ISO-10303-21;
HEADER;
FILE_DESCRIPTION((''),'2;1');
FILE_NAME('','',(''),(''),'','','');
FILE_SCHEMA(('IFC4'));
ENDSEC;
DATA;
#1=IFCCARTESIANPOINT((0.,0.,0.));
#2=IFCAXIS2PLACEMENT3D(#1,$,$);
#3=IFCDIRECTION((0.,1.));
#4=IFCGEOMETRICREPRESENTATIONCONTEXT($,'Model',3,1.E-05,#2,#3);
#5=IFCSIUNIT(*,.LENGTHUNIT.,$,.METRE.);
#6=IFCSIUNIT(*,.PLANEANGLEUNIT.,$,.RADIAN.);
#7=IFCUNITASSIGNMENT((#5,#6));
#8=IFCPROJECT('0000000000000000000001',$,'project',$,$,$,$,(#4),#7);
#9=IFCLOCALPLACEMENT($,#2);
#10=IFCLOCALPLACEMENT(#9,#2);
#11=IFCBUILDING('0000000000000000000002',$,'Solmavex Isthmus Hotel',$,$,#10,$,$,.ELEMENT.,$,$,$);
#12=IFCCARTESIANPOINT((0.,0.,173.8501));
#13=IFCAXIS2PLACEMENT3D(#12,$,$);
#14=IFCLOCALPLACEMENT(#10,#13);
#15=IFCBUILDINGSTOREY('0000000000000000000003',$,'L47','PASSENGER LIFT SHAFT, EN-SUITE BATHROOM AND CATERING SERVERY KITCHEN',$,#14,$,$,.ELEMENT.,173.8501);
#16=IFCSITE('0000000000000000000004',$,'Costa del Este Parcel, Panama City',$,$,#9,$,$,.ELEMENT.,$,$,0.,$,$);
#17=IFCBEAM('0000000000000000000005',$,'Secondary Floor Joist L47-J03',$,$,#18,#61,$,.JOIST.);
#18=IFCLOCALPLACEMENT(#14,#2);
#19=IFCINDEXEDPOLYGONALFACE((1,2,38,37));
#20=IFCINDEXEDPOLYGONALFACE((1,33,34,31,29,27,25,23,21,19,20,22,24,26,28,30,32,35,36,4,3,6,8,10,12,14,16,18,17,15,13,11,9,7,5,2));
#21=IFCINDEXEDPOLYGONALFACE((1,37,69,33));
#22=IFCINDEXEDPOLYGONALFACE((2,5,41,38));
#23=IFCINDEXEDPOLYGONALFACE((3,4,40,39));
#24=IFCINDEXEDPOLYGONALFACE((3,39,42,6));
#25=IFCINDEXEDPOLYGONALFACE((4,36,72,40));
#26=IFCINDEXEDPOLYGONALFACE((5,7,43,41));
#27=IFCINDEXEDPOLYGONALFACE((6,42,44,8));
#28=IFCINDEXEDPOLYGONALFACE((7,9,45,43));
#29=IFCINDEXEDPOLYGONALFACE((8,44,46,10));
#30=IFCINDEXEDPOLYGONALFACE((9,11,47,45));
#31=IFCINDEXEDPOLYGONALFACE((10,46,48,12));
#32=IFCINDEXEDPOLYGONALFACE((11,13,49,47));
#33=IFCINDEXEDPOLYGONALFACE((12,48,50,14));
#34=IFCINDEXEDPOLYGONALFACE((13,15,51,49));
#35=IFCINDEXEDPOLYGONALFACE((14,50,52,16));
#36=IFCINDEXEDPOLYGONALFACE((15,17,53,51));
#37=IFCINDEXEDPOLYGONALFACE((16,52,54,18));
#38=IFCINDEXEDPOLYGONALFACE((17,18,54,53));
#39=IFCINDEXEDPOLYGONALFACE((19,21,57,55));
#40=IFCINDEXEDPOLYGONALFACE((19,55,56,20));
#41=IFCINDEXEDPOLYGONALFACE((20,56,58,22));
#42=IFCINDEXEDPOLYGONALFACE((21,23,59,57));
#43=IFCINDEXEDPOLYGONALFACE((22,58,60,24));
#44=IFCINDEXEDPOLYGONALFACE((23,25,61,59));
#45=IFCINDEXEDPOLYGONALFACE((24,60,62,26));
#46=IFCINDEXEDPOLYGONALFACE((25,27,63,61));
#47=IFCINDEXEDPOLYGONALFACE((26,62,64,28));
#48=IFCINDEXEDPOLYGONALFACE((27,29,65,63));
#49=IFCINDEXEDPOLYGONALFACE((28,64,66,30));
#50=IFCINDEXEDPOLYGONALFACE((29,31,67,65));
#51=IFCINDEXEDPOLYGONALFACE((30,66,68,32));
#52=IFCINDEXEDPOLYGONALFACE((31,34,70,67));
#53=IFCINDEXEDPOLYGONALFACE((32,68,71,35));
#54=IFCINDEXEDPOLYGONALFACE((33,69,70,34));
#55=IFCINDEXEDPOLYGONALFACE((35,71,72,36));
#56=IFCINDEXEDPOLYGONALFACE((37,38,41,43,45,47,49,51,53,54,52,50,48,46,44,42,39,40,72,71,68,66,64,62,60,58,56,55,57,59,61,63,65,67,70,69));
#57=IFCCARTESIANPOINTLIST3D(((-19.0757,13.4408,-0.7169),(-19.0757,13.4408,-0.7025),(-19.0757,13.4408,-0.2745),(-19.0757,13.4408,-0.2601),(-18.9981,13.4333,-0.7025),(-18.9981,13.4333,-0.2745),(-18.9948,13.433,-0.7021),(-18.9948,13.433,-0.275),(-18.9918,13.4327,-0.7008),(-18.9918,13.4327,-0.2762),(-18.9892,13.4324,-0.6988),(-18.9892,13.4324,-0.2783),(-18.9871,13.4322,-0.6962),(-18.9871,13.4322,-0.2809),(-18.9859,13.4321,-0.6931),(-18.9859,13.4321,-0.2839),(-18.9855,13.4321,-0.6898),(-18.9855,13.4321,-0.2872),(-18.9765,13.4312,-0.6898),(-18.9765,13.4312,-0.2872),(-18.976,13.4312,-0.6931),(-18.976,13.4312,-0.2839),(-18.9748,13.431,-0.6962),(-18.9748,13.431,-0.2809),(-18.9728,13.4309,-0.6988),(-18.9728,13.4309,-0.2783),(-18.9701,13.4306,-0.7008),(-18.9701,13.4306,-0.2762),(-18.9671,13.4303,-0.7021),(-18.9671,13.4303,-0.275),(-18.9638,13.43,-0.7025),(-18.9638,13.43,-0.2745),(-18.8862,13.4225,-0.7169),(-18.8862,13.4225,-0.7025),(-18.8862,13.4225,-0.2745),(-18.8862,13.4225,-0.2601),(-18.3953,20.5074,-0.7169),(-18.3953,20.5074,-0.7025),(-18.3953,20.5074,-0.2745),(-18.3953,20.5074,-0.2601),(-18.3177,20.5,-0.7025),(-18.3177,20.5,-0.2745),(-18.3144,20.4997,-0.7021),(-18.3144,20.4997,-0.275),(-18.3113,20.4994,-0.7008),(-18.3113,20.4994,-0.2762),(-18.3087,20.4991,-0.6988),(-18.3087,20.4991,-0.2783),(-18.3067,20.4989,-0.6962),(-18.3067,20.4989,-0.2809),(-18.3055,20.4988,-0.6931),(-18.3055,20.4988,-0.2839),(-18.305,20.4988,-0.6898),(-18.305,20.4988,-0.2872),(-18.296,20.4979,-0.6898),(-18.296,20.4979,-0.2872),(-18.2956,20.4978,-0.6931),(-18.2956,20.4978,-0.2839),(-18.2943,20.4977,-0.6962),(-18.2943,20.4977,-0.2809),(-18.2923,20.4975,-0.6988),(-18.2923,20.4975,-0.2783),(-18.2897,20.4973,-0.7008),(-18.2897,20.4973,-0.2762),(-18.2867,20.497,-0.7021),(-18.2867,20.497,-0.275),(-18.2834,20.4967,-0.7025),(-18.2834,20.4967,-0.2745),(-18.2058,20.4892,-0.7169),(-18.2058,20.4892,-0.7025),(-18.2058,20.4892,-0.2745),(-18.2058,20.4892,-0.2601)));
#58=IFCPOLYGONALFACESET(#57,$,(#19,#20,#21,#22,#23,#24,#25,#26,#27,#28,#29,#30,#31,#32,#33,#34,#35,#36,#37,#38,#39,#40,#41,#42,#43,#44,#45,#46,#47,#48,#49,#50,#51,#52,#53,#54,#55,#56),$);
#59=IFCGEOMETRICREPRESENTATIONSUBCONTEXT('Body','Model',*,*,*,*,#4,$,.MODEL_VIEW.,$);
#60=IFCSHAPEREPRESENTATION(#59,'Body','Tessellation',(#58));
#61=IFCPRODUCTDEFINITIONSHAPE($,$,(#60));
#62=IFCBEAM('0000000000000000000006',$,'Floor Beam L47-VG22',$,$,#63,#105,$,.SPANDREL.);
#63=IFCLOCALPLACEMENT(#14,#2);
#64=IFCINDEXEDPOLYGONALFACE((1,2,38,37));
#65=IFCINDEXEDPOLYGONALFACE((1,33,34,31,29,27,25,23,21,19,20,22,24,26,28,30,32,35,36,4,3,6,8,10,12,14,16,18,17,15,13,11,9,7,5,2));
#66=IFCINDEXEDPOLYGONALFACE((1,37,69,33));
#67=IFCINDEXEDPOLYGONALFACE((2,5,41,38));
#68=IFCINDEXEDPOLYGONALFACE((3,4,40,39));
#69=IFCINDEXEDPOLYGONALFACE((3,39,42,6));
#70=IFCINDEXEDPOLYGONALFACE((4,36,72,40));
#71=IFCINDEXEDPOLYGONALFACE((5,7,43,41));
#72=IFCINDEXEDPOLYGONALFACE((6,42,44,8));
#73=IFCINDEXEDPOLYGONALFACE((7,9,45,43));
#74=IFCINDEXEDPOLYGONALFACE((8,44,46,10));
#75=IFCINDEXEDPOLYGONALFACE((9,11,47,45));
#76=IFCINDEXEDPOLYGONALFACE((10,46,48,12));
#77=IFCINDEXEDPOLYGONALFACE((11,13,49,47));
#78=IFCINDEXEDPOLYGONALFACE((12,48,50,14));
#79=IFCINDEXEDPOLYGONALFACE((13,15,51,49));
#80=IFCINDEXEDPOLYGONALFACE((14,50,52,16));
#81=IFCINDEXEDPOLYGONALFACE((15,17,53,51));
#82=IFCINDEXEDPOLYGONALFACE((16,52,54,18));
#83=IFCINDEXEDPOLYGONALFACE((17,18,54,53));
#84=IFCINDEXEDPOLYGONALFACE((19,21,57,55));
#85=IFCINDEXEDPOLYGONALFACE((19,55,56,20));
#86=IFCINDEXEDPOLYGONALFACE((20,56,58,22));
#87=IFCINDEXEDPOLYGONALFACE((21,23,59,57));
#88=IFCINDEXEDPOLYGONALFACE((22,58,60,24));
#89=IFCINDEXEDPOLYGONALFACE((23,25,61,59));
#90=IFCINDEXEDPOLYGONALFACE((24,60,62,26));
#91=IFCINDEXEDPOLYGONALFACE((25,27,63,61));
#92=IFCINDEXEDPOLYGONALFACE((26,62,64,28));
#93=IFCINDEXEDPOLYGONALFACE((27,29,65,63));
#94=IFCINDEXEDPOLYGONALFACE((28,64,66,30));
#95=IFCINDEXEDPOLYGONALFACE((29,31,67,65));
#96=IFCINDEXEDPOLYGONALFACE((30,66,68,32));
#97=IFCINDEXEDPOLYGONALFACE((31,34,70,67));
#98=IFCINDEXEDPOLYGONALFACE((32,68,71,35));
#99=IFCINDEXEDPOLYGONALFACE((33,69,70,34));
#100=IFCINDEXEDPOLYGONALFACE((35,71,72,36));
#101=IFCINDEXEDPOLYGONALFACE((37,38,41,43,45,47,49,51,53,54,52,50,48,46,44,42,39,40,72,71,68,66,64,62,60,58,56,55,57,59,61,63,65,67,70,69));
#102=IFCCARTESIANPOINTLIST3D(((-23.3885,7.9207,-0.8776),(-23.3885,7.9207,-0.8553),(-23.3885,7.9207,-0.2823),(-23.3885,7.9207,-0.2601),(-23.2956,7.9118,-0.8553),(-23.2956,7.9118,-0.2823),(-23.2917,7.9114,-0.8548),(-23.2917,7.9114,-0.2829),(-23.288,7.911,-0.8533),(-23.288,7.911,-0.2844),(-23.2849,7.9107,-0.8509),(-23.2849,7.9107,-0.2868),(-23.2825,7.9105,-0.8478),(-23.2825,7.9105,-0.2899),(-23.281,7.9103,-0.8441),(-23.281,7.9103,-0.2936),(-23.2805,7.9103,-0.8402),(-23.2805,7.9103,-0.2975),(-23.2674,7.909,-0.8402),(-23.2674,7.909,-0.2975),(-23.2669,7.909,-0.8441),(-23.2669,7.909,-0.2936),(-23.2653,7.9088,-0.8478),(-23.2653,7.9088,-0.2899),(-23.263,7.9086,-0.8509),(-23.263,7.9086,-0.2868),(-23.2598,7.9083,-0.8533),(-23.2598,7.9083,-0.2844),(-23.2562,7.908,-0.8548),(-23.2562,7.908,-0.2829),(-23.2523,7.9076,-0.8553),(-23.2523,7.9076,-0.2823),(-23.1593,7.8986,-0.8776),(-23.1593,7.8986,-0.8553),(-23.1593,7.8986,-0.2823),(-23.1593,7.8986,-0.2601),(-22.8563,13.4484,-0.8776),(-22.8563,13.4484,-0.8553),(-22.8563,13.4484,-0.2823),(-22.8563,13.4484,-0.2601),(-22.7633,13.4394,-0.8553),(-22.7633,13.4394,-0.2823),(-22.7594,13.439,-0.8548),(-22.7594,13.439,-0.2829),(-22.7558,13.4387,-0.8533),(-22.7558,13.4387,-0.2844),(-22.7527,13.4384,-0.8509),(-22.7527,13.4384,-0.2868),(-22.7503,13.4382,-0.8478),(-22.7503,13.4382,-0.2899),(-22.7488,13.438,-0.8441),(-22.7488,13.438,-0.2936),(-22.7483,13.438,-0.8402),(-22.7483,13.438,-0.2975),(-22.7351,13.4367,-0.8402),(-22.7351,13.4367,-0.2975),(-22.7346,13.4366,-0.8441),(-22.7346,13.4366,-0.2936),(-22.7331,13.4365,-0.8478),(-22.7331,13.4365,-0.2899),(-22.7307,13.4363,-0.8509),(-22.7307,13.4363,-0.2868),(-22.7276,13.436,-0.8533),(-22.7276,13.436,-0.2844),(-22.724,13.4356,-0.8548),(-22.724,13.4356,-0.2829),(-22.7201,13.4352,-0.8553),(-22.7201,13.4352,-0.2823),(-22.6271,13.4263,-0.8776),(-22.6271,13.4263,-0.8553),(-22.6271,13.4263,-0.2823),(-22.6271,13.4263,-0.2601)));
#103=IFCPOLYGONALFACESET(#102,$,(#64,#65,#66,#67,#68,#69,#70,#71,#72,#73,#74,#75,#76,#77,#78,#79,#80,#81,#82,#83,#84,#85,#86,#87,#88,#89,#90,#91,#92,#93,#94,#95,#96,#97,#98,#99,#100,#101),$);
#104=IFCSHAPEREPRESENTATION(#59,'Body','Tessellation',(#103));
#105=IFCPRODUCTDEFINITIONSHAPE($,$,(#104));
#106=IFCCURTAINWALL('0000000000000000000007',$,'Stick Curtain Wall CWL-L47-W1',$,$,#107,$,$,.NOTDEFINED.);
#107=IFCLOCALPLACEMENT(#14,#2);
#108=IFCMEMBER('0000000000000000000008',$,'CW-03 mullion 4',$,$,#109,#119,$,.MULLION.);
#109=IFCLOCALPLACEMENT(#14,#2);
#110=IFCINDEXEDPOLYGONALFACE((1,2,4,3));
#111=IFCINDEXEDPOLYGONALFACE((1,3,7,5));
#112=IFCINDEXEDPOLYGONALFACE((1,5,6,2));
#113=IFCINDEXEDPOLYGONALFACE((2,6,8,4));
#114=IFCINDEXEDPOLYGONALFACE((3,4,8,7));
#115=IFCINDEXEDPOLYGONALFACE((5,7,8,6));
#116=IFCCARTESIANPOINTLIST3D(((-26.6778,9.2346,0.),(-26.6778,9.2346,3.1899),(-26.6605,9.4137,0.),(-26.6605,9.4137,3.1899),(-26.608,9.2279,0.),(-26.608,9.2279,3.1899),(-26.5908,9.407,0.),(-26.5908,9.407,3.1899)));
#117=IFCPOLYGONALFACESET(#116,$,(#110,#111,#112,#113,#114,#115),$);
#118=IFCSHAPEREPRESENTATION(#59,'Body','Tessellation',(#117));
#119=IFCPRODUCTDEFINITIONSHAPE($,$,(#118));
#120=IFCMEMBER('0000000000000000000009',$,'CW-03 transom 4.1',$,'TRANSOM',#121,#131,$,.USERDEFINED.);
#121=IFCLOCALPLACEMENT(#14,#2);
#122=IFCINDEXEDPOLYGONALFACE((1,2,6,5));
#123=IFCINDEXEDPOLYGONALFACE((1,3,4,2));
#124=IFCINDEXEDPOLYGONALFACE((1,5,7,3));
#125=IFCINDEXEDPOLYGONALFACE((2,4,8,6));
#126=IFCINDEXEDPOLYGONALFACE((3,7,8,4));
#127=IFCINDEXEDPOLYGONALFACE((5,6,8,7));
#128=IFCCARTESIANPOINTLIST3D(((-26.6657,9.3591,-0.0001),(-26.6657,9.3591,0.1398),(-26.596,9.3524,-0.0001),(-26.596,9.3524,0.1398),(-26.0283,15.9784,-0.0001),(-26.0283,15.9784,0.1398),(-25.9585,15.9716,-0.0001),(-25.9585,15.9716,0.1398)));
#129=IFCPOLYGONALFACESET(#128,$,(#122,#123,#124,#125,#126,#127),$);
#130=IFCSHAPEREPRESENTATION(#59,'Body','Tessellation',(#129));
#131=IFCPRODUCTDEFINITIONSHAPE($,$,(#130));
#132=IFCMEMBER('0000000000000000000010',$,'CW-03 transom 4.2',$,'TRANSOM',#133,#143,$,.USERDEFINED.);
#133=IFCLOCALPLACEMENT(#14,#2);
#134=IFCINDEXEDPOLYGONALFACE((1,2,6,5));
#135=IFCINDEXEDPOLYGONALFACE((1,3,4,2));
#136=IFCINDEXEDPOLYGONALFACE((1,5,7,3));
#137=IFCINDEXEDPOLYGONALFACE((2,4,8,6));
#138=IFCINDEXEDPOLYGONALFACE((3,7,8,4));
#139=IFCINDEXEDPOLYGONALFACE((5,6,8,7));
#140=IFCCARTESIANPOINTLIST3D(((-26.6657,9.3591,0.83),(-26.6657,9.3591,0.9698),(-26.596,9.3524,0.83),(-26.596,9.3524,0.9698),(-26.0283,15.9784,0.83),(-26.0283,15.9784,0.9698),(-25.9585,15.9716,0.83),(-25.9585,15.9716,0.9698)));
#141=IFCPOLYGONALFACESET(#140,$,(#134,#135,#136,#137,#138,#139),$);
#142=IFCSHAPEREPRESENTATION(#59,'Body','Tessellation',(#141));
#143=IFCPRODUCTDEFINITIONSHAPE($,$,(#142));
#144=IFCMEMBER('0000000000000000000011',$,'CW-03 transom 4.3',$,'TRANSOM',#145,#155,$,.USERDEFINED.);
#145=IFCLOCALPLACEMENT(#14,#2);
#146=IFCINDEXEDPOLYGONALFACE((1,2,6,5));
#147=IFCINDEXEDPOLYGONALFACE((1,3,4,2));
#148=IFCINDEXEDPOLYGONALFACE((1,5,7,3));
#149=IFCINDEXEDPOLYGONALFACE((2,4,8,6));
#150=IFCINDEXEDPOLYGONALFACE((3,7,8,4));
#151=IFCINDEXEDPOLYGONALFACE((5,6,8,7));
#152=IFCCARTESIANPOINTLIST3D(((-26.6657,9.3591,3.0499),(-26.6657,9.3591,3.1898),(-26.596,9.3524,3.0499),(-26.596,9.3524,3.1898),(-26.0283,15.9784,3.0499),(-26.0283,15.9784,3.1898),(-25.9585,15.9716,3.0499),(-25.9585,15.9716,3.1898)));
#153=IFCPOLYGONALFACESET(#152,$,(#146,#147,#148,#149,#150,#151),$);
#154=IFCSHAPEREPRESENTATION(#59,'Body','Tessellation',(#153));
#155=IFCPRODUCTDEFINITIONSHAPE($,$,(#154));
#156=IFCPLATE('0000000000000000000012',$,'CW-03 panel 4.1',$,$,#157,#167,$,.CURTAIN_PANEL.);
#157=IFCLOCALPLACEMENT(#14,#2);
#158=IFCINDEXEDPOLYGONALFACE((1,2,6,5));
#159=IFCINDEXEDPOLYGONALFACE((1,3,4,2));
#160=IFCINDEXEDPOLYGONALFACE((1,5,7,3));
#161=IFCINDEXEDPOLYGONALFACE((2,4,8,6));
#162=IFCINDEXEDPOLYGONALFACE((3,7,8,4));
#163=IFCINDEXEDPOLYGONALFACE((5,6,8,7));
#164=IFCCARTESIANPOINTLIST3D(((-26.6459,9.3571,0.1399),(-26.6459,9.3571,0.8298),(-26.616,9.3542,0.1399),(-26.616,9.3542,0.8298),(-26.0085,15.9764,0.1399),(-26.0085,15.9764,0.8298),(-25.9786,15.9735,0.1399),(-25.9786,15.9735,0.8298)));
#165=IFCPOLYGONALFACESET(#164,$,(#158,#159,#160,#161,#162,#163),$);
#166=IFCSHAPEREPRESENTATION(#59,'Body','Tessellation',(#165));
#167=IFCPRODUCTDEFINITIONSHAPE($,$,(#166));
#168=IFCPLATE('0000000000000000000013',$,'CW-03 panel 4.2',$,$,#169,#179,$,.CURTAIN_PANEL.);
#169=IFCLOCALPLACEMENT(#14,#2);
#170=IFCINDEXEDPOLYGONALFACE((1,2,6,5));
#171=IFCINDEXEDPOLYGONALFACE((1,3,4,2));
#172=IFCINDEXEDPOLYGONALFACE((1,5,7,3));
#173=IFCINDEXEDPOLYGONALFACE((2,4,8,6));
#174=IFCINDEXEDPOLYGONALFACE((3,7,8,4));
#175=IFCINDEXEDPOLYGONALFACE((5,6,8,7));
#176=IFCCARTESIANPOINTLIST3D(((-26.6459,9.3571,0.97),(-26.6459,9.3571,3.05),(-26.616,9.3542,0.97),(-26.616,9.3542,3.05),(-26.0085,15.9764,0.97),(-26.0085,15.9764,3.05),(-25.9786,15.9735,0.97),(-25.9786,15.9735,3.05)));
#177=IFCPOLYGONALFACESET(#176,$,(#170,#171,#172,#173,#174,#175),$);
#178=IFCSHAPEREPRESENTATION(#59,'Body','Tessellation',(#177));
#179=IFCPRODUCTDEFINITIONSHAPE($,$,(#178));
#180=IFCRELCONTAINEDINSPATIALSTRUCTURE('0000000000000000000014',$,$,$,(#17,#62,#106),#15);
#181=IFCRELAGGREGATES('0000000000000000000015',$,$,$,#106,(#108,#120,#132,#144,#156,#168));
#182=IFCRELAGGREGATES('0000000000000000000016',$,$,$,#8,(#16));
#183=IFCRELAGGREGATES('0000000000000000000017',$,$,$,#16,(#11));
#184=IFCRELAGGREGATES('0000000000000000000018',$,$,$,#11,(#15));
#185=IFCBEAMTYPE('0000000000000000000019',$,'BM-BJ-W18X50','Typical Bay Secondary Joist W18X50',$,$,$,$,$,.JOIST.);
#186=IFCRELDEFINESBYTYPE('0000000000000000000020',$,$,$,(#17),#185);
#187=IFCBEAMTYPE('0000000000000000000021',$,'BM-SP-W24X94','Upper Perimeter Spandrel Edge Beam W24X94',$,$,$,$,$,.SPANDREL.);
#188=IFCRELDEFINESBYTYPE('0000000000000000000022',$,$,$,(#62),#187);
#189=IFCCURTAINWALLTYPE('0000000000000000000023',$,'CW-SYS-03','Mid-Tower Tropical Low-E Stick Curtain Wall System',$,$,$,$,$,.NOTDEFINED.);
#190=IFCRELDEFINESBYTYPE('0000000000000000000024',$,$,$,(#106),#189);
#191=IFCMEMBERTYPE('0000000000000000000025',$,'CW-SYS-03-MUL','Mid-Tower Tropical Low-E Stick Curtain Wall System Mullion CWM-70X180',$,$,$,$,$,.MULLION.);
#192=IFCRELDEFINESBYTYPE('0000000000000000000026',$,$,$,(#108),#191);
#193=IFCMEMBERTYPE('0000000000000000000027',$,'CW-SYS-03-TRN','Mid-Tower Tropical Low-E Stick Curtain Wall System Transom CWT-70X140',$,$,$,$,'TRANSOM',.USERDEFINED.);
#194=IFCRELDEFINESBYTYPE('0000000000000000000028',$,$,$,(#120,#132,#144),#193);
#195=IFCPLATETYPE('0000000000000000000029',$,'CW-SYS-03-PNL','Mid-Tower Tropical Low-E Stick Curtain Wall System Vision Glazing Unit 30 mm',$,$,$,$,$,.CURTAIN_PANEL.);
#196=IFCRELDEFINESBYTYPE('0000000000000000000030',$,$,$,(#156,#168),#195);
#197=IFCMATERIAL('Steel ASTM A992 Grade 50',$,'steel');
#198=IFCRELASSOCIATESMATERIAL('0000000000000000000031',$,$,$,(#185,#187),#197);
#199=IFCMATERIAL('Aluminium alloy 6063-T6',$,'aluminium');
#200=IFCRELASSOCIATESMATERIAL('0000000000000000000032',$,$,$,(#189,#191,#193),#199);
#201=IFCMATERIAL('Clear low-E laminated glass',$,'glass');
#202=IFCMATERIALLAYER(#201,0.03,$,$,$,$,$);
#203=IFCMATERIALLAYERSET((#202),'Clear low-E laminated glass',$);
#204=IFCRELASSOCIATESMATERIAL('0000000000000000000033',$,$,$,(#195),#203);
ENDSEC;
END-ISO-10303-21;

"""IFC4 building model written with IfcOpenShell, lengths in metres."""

from ifc_helpers import new_model, si_unit, direction, frame, origin, origin_2d, place, context, subcontext, project, spatial, rectangle, i_section, extrude, material, layer, layer_set, material_profile, profile_set, type_object, element, aggregate, save


model = new_model("IFC4")

# Units and contexts
model_context = context("Model", 3, precision=1e-05, world=origin(), true_north=direction((0.0, 1.0)))
body_context = subcontext(model_context, "Body", "Model", "MODEL_VIEW")
ifc_project = project(units=[si_unit("LENGTHUNIT", "METRE"), si_unit("PLANEANGLEUNIT", "RADIAN")], contexts=[model_context])

# Site, building, storey
site_placement = place(None, origin())
site = spatial("IfcSite", under=ifc_project, at=site_placement, Name="Costa del Este Parcel, Panama City", CompositionType="ELEMENT", RefElevation=0.0)
building_placement = place(site_placement, origin())
building = spatial("IfcBuilding", under=site, at=building_placement, Name="Solmavex Isthmus Hotel", CompositionType="ELEMENT")
storey_placement = place(building_placement, frame((0.0, 0.0, 173.8501)))
storey = spatial("IfcBuildingStorey", under=building, at=storey_placement, Name="L47", Description="PASSENGER LIFT SHAFT, EN-SUITE BATHROOM AND CATERING SERVERY KITCHEN", CompositionType="ELEMENT", Elevation=173.8501)

# Beams
ifc_material_1 = material(Name="Steel ASTM A992 Grade 50", Category="steel")
ifc_material_profile_1 = material_profile(ifc_material_1, i_section(OverallWidth=0.1904, OverallDepth=0.4568, WebThickness=0.009, FlangeThickness=0.0144, FilletRadius=0.0127, at=origin_2d()), Name="W18X50")
ifc_profile_set_1 = profile_set([ifc_material_profile_1], Name="Steel ASTM A992 Grade 50")
beam_type_1 = type_object("IfcBeamType", Name="BM-BJ-W18X50", Description="Typical Bay Secondary Joist W18X50", PredefinedType="JOIST", material=ifc_profile_set_1)
beam_1_placement = place(storey_placement, frame((-18.981, 13.4316, -0.4885), z_axis=(0.095843, 0.995396, 0.0), x_axis=(-0.995396, 0.095843, 0.0)))
element("IfcBeam", 1, at=beam_1_placement, inside=storey, type_object=beam_type_1, Name="Secondary Floor Joist L47-J03", PredefinedType="JOIST", context=body_context, shape_type="SweptSolid", body=[
    extrude(i_section(OverallWidth=0.1904, OverallDepth=0.4568, WebThickness=0.009, FlangeThickness=0.0144, FilletRadius=0.0127, at=origin_2d()), origin(), (0.0, 0.0, 1.0), 7.0994),
])
ifc_material_profile_2 = material_profile(ifc_material_1, i_section(OverallWidth=0.2302, OverallDepth=0.6174, WebThickness=0.0132, FlangeThickness=0.0222, FilletRadius=0.0151, at=origin_2d()), Name="W24X94")
ifc_profile_set_2 = profile_set([ifc_material_profile_2], Name="Steel ASTM A992 Grade 50")
beam_type_2 = type_object("IfcBeamType", Name="BM-SP-W24X94", Description="Upper Perimeter Spandrel Edge Beam W24X94", PredefinedType="SPANDREL", material=ifc_profile_set_2)
beam_2_placement = place(storey_placement, frame((-23.2739, 7.9097, -0.5688), z_axis=(0.095842, 0.995397, 0.0), x_axis=(-0.995397, 0.095842, 0.0)))
element("IfcBeam", 2, at=beam_2_placement, inside=storey, type_object=beam_type_2, Name="Floor Beam L47-VG22", PredefinedType="SPANDREL", context=body_context, shape_type="SweptSolid", body=[
    extrude(i_section(OverallWidth=0.2302, OverallDepth=0.6174, WebThickness=0.0132, FlangeThickness=0.0222, FilletRadius=0.0151, at=origin_2d()), origin(), (0.0, 0.0, 1.0), 5.5532),
])

# Curtain wall, members, plates
ifc_material_2 = material(Name="Aluminium alloy 6063-T6", Category="aluminium")
curtain_wall_type = type_object("IfcCurtainWallType", Name="CW-SYS-03", Description="Mid-Tower Tropical Low-E Stick Curtain Wall System", PredefinedType="NOTDEFINED", material=ifc_material_2)
curtain_wall_placement = place(storey_placement, origin())
curtain_wall = element("IfcCurtainWall", 3, at=curtain_wall_placement, inside=storey, type_object=curtain_wall_type, Name="Stick Curtain Wall CWL-L47-W1", PredefinedType="NOTDEFINED")
ifc_material_profile_3 = material_profile(ifc_material_2, rectangle(XDim=0.0701, YDim=0.1799, at=origin_2d()), Name="CWM-70X180")
ifc_profile_set_3 = profile_set([ifc_material_profile_3], Name="Aluminium alloy 6063-T6")
member_type_1 = type_object("IfcMemberType", Name="CW-SYS-03-MUL", Description="Mid-Tower Tropical Low-E Stick Curtain Wall System Mullion CWM-70X180", PredefinedType="MULLION", material=ifc_profile_set_3)
member_1_placement = place(storey_placement, frame((-26.6343, 9.3208, 0.0), z_axis=(0.0, 0.0, 1.0), x_axis=(-0.995396, 0.095846, 0.0)))
member_1 = element("IfcMember", 4, at=member_1_placement, type_object=member_type_1, Name="CW-03 mullion 4", PredefinedType="MULLION", context=body_context, shape_type="SweptSolid", body=[
    extrude(rectangle(XDim=0.0701, YDim=0.1799, at=origin_2d()), origin(), (0.0, 0.0, 1.0), 3.1899),
])
ifc_material_profile_4 = material_profile(ifc_material_2, rectangle(XDim=0.0701, YDim=0.1399, at=origin_2d()), Name="CWT-70X140")
ifc_profile_set_4 = profile_set([ifc_material_profile_4], Name="Aluminium alloy 6063-T6")
member_type_2 = type_object("IfcMemberType", Name="CW-SYS-03-TRN", Description="Mid-Tower Tropical Low-E Stick Curtain Wall System Transom CWT-70X140", ElementType="TRANSOM", PredefinedType="USERDEFINED", material=ifc_profile_set_4)
member_2_placement = place(storey_placement, frame((-26.6309, 9.3557, 0.0698), z_axis=(0.095857, 0.995395, 0.0), x_axis=(-0.995395, 0.095857, 0.0)))
member_2 = element("IfcMember", 5, at=member_2_placement, type_object=member_type_2, Name="CW-03 transom 4.1", ObjectType="TRANSOM", PredefinedType="USERDEFINED", context=body_context, shape_type="SweptSolid", body=[
    extrude(rectangle(XDim=0.0701, YDim=0.1399, at=origin_2d()), origin(), (0.0, 0.0, 1.0), 6.6499),
])
member_3_placement = place(storey_placement, frame((-26.6309, 9.3557, 0.8999), z_axis=(0.095857, 0.995395, 0.0), x_axis=(-0.995395, 0.095857, 0.0)))
member_3 = element("IfcMember", 6, at=member_3_placement, type_object=member_type_2, Name="CW-03 transom 4.2", ObjectType="TRANSOM", PredefinedType="USERDEFINED", context=body_context, shape_type="SweptSolid", body=[
    extrude(rectangle(XDim=0.0701, YDim=0.1399, at=origin_2d()), origin(), (0.0, 0.0, 1.0), 6.6499),
])
member_4_placement = place(storey_placement, frame((-26.6309, 9.3557, 3.1199), z_axis=(0.095857, 0.995395, 0.0), x_axis=(-0.995395, 0.095857, 0.0)))
member_4 = element("IfcMember", 7, at=member_4_placement, type_object=member_type_2, Name="CW-03 transom 4.3", ObjectType="TRANSOM", PredefinedType="USERDEFINED", context=body_context, shape_type="SweptSolid", body=[
    extrude(rectangle(XDim=0.0701, YDim=0.1399, at=origin_2d()), origin(), (0.0, 0.0, 1.0), 6.6499),
])
ifc_material_3 = material(Name="Clear low-E laminated glass", Category="glass")
ifc_layer_1 = layer(ifc_material_3, 0.03)
ifc_layer_set_1 = layer_set([ifc_layer_1], Name="Clear low-E laminated glass")
plate_type = type_object("IfcPlateType", Name="CW-SYS-03-PNL", Description="Mid-Tower Tropical Low-E Stick Curtain Wall System Vision Glazing Unit 30 mm", PredefinedType="CURTAIN_PANEL", material=ifc_layer_set_1)
plate_1_placement = place(storey_placement, frame((-26.3123, 12.6653, 0.1399), z_axis=(0.0, 0.0, 1.0), x_axis=(0.095846, 0.995396, 0.0)))
plate_1 = element("IfcPlate", 8, at=plate_1_placement, type_object=plate_type, Name="CW-03 panel 4.1", PredefinedType="CURTAIN_PANEL", context=body_context, shape_type="SweptSolid", body=[
    extrude(rectangle(XDim=6.6499, YDim=0.03, at=origin_2d()), origin(), (0.0, 0.0, 1.0), 0.6899),
])
plate_2_placement = place(storey_placement, frame((-26.3123, 12.6653, 0.97), z_axis=(0.0, 0.0, 1.0), x_axis=(0.095846, 0.995396, 0.0)))
plate_2 = element("IfcPlate", 9, at=plate_2_placement, type_object=plate_type, Name="CW-03 panel 4.2", PredefinedType="CURTAIN_PANEL", context=body_context, shape_type="SweptSolid", body=[
    extrude(rectangle(XDim=6.6499, YDim=0.03, at=origin_2d()), origin(), (0.0, 0.0, 1.0), 2.0801),
])
aggregate(curtain_wall, [member_1, member_2, member_3, member_4, plate_1, plate_2])

save(model, "model.ifc")
